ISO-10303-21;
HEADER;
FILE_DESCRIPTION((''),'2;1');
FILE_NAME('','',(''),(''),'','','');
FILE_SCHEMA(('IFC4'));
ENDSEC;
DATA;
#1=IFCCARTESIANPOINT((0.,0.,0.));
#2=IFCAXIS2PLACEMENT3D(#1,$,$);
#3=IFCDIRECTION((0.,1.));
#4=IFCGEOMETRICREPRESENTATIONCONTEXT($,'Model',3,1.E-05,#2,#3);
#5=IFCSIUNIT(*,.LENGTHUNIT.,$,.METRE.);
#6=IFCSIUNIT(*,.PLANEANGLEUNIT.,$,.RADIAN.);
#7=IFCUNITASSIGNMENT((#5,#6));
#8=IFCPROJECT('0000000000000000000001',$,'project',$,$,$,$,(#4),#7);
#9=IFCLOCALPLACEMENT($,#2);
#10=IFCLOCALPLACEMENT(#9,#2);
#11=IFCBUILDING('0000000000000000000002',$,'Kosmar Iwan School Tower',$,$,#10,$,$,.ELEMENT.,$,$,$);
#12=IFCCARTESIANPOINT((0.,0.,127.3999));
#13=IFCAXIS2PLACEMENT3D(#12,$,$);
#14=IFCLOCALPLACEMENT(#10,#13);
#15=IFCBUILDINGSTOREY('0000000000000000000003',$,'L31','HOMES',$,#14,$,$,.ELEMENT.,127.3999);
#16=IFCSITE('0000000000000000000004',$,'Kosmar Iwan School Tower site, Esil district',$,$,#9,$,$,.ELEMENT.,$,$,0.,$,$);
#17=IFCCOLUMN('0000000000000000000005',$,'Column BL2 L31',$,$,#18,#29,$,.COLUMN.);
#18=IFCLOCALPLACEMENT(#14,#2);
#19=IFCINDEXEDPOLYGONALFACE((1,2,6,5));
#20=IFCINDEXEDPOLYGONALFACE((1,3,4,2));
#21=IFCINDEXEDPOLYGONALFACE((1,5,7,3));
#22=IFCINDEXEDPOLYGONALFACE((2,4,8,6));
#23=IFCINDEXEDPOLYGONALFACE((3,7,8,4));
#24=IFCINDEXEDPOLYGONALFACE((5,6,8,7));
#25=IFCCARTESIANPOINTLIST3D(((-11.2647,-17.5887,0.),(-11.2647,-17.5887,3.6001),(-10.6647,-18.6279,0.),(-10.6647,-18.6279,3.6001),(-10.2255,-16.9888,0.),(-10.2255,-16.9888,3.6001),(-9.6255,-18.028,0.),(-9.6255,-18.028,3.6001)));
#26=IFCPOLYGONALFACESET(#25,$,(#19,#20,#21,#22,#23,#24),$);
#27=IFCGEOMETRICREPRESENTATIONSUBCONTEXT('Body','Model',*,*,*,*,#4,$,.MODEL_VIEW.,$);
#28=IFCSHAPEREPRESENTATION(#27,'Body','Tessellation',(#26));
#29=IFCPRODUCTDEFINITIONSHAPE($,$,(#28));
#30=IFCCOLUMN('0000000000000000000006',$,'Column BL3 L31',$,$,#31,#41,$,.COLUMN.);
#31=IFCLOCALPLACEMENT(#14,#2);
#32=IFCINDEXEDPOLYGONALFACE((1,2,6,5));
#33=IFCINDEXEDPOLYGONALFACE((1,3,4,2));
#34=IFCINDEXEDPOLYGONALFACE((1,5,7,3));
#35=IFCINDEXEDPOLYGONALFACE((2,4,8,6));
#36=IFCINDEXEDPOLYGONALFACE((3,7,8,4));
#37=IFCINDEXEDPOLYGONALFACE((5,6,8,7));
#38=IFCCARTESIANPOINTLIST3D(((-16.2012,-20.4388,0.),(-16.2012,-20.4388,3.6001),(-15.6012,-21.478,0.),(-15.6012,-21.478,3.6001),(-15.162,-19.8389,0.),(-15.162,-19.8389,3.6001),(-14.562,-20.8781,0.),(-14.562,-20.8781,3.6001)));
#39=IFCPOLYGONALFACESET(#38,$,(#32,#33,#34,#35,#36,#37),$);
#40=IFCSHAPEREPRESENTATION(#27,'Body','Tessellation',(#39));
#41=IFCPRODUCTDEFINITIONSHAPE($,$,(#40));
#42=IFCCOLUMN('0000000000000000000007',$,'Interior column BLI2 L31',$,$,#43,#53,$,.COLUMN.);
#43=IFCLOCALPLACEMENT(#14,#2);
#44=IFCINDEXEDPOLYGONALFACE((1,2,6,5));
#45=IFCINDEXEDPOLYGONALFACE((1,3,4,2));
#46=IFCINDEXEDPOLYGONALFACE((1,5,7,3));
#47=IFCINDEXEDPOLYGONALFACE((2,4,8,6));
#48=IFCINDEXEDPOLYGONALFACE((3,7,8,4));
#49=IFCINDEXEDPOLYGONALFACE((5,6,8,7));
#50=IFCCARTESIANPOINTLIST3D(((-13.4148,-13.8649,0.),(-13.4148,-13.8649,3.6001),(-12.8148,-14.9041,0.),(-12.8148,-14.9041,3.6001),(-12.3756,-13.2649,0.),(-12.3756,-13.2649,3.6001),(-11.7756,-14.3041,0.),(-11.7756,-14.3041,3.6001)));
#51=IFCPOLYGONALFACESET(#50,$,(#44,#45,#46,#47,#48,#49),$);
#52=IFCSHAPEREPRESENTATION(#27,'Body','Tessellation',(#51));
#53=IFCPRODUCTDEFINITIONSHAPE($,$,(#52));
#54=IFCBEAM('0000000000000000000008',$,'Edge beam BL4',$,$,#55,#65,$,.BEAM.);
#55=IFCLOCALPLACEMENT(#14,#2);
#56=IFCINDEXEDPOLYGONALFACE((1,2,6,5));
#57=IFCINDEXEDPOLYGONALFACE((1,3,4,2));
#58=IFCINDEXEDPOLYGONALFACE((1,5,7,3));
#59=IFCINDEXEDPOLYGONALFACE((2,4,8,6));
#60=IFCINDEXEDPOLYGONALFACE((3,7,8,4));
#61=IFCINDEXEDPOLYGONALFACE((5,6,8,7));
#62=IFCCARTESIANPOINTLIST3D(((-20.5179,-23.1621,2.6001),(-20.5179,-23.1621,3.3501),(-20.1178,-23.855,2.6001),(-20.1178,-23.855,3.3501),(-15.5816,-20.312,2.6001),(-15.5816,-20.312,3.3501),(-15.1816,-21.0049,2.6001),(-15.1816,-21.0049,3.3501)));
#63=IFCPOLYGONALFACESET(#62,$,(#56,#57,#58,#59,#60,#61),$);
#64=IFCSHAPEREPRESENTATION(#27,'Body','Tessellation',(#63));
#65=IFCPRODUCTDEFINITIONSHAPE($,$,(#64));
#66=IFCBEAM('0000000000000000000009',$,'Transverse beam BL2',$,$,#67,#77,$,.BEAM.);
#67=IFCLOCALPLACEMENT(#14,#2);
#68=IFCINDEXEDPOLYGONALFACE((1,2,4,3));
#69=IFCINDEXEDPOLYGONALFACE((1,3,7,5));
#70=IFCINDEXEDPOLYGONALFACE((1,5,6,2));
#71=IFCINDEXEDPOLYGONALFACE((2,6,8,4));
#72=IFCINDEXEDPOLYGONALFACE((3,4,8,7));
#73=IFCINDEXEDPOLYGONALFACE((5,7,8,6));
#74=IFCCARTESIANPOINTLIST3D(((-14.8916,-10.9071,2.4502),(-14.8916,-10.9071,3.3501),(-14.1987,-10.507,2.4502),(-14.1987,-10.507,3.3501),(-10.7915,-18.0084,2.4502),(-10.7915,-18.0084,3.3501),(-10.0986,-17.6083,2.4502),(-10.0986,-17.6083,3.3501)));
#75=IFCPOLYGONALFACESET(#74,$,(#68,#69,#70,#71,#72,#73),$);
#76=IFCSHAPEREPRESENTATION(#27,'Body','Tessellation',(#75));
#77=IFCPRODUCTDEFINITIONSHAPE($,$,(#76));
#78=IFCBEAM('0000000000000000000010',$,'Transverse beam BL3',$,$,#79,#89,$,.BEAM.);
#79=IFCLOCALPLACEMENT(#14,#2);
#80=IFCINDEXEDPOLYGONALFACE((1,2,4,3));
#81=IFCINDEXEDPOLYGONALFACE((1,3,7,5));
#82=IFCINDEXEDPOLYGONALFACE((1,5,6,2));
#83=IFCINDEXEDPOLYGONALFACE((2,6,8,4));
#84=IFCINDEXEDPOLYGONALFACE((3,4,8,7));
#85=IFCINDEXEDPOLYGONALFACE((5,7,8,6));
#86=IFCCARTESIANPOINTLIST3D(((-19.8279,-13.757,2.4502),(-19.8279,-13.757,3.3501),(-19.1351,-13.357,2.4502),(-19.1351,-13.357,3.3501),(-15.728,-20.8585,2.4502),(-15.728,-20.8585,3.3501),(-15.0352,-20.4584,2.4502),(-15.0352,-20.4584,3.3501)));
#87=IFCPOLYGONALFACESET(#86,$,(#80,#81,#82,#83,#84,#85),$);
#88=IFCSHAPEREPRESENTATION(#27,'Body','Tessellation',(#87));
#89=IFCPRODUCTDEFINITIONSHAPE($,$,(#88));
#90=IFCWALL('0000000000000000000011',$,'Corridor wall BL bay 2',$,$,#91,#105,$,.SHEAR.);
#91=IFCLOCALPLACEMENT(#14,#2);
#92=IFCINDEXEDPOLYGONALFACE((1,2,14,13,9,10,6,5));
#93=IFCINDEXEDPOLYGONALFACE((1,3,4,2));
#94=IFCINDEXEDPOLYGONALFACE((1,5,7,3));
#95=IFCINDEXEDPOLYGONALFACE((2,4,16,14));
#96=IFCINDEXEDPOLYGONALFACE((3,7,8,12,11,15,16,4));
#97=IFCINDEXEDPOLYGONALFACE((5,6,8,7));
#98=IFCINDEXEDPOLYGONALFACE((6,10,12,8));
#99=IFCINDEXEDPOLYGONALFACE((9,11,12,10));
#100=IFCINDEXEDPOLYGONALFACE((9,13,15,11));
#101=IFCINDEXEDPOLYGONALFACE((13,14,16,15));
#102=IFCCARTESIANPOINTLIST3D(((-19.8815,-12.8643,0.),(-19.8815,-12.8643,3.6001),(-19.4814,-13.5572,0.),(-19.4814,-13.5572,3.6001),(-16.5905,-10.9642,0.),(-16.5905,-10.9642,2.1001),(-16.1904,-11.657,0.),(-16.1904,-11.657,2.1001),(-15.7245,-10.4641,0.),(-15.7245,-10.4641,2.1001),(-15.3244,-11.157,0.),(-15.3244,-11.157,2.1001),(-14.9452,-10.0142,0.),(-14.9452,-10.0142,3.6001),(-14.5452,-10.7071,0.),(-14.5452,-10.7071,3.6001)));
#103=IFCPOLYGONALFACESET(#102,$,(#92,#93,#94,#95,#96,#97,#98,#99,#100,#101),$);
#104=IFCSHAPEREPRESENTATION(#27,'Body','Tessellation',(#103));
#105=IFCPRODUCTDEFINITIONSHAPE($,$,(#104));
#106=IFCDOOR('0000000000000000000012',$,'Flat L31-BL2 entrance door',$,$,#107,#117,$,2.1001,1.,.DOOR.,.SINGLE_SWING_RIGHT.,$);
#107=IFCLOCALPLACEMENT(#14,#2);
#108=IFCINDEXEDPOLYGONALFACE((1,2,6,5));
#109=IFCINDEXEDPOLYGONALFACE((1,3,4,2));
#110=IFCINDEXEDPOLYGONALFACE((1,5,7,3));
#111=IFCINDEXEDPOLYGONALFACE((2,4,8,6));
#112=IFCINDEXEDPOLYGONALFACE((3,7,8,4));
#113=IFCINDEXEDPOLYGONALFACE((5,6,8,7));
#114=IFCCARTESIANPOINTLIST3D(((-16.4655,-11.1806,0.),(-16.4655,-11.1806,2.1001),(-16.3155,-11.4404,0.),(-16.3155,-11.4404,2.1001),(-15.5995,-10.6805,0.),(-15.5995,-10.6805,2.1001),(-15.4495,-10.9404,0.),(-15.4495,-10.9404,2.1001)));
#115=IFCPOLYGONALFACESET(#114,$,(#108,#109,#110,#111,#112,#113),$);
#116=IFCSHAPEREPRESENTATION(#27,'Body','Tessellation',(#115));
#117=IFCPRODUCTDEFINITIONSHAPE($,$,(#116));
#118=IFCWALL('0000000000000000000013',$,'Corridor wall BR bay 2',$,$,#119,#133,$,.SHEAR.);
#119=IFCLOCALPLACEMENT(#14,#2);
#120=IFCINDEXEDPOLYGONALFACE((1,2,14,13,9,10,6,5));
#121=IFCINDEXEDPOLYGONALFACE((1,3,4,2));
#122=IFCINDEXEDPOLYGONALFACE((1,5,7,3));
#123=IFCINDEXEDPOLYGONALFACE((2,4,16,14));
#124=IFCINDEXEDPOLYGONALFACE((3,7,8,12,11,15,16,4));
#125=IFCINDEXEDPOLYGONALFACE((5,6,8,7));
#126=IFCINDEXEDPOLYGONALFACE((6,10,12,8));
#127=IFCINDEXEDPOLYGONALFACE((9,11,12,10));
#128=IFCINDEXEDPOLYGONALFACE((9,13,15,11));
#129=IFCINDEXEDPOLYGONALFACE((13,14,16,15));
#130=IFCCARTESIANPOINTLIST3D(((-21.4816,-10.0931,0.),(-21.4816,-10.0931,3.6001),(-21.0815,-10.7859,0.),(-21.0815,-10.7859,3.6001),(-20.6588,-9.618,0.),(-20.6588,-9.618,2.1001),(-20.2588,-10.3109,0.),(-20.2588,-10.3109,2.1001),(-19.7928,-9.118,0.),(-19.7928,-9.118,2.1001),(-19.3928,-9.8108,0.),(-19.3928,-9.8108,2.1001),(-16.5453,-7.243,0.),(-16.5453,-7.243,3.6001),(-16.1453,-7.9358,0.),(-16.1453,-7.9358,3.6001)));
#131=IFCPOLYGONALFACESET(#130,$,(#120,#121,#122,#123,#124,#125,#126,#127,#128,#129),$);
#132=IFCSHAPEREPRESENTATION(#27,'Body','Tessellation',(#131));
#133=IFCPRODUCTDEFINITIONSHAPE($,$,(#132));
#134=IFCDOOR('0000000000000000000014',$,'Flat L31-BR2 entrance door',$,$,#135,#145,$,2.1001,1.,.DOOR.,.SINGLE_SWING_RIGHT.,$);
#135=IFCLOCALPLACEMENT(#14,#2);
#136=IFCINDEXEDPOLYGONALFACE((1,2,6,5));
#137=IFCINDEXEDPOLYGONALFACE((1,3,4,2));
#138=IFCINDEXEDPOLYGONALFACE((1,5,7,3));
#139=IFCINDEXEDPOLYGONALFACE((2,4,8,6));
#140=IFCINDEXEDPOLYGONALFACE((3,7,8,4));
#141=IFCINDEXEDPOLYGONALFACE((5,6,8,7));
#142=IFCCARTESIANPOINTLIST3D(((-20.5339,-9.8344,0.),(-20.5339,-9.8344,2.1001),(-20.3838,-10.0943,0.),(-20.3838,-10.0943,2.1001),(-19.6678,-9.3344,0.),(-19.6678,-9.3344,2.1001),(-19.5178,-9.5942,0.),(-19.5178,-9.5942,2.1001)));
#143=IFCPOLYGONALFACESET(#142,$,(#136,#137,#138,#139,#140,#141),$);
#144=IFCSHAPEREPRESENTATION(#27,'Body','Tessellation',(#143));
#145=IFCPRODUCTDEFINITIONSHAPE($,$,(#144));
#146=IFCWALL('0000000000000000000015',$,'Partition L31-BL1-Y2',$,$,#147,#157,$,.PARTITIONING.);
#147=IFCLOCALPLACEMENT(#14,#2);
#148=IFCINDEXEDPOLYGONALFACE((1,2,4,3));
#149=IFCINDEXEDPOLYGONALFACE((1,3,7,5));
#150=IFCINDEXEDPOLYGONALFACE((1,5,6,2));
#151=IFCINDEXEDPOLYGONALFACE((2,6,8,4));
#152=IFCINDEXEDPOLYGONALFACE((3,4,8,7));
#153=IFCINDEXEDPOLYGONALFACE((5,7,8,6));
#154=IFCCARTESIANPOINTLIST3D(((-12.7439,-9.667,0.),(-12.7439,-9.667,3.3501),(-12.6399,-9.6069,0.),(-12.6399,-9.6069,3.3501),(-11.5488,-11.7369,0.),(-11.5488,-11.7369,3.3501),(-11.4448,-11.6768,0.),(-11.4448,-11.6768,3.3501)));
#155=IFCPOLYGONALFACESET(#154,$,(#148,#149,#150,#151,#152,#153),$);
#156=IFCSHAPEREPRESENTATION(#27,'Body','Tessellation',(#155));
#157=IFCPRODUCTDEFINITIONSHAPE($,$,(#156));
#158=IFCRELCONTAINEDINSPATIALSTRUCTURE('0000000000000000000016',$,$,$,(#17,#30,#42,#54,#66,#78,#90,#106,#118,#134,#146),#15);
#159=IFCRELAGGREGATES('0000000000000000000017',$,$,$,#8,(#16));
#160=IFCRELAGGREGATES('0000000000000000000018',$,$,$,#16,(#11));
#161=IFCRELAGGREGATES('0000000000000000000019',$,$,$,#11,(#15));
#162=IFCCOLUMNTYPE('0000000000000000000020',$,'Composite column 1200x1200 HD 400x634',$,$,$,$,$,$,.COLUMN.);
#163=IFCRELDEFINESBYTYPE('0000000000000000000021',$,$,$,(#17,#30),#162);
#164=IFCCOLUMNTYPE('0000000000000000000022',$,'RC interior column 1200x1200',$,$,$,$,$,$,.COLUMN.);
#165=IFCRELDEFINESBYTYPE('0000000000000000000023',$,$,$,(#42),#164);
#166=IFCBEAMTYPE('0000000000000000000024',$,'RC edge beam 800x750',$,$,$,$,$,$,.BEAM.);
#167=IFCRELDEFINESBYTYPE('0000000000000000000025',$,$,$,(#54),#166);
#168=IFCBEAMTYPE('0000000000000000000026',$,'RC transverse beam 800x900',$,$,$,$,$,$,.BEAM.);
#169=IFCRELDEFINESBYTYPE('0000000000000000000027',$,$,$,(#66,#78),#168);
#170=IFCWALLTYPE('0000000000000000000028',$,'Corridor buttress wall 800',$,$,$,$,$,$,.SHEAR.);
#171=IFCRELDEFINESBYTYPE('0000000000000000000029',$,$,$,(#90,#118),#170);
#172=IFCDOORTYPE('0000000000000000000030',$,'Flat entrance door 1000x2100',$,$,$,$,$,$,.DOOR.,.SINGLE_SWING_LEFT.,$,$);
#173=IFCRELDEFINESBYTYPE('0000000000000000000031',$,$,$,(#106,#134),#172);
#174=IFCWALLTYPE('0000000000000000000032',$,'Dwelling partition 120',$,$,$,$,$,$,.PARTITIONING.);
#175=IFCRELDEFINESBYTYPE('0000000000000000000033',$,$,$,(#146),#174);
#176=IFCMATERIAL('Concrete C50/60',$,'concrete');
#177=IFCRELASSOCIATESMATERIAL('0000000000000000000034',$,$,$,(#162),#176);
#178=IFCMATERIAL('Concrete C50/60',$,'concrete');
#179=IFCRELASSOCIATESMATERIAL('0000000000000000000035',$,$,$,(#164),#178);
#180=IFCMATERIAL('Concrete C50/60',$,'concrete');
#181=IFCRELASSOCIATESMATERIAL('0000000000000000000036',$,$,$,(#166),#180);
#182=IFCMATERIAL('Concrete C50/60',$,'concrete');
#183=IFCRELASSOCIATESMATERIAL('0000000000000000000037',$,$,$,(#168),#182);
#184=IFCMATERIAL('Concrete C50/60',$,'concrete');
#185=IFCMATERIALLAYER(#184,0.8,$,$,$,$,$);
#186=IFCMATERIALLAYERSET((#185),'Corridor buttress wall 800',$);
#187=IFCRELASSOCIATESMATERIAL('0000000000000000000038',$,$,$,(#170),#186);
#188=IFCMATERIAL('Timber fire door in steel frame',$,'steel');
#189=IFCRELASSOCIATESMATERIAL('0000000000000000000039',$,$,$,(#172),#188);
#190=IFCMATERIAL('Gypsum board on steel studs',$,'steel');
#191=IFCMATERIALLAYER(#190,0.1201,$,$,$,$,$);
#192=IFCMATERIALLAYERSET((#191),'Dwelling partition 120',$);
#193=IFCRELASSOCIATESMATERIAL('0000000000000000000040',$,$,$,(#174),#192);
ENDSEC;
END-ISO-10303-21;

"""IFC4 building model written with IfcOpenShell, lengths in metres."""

from ifc_helpers import new_model, si_unit, direction, frame, frame_2d, origin, origin_2d, place, context, subcontext, project, spatial, rectangle, extrude, material, layer, layer_set, material_profile, profile_set, type_object, element, fill, save


model = new_model("IFC4")

# Units and contexts
model_context = context("Model", 3, precision=1e-05, world=origin(), true_north=direction((0.0, 1.0)))
body_context = subcontext(model_context, "Body", "Model", "MODEL_VIEW")
ifc_project = project(units=[si_unit("LENGTHUNIT", "METRE"), si_unit("PLANEANGLEUNIT", "RADIAN")], contexts=[model_context])

# Site, building, storey
site_placement = place(None, origin())
site = spatial("IfcSite", under=ifc_project, at=site_placement, Name="Kosmar Iwan School Tower site, Esil district", CompositionType="ELEMENT", RefElevation=0.0)
building_placement = place(site_placement, origin())
building = spatial("IfcBuilding", under=site, at=building_placement, Name="Kosmar Iwan School Tower", CompositionType="ELEMENT")
storey_placement = place(building_placement, frame((0.0, 0.0, 127.3999)))
storey = spatial("IfcBuildingStorey", under=building, at=storey_placement, Name="L31", Description="HOMES", CompositionType="ELEMENT", Elevation=127.3999)

# Columns
ifc_material_1 = material(Name="Concrete C50/60", Category="concrete")
ifc_material_profile_1 = material_profile(ifc_material_1, rectangle(XDim=1.2, YDim=1.2, at=origin_2d()), Name="RC 1200x1200 + HD 400x634")
ifc_profile_set_1 = profile_set([ifc_material_profile_1], Name="Concrete C50/60")
column_type_1 = type_object("IfcColumnType", Name="Composite column 1200x1200 HD 400x634", PredefinedType="COLUMN", material=ifc_profile_set_1)
for number, where, z_axis, x_axis, name in (
    (1, (-10.4451, -17.8083, 0.0), (0.0, 0.0, 1.0), (-0.866025, -0.5, 0.0), "Column BL2 L31"),
    (2, (-15.3816, -20.6584, 0.0), (0.0, 0.0, 1.0), (-0.866025, -0.5, 0.0), "Column BL3 L31"),
):
    element("IfcColumn", number, at=place(storey_placement, frame(where, z_axis=z_axis, x_axis=x_axis)), inside=storey, type_object=column_type_1, Name=name, PredefinedType="COLUMN", context=body_context, shape_type="SweptSolid", body=[
        extrude(rectangle(XDim=1.2, YDim=1.2, at=origin_2d()), origin(), (0.0, 0.0, 1.0), 3.6001),
    ])
ifc_material_2 = material(Name="Concrete C50/60", Category="concrete")
ifc_material_profile_2 = material_profile(ifc_material_2, rectangle(XDim=1.2, YDim=1.2, at=origin_2d()), Name="RC 1200x1200")
ifc_profile_set_2 = profile_set([ifc_material_profile_2], Name="Concrete C50/60")
column_type_2 = type_object("IfcColumnType", Name="RC interior column 1200x1200", PredefinedType="COLUMN", material=ifc_profile_set_2)
column_placement = place(storey_placement, frame((-12.5952, -14.0845, 0.0), z_axis=(0.0, 0.0, 1.0), x_axis=(-0.866025, -0.5, 0.0)))
element("IfcColumn", 3, at=column_placement, inside=storey, type_object=column_type_2, Name="Interior column BLI2 L31", PredefinedType="COLUMN", context=body_context, shape_type="SweptSolid", body=[
    extrude(rectangle(XDim=1.2, YDim=1.2, at=origin_2d()), origin(), (0.0, 0.0, 1.0), 3.6001),
])

# Beams
ifc_material_3 = material(Name="Concrete C50/60", Category="concrete")
ifc_material_profile_3 = material_profile(ifc_material_3, rectangle(XDim=0.8, YDim=0.75, at=origin_2d()), Name="RC 800x750")
ifc_profile_set_3 = profile_set([ifc_material_profile_3], Name="Concrete C50/60")
beam_type_1 = type_object("IfcBeamType", Name="RC edge beam 800x750", PredefinedType="BEAM", material=ifc_profile_set_3)
beam_placement = place(storey_placement, frame((-15.3816, -20.6584, 2.9751), z_axis=(-0.866015, -0.500018, 0.0), x_axis=(0.500018, -0.866015, 0.0)))
element("IfcBeam", 4, at=beam_placement, inside=storey, type_object=beam_type_1, Name="Edge beam BL4", PredefinedType="BEAM", context=body_context, shape_type="SweptSolid", body=[
    extrude(rectangle(XDim=0.8, YDim=0.75, at=origin_2d()), origin(), (0.0, 0.0, 1.0), 5.7),
])
ifc_material_4 = material(Name="Concrete C50/60", Category="concrete")
ifc_material_profile_4 = material_profile(ifc_material_4, rectangle(XDim=0.8, YDim=0.8999, at=origin_2d()), Name="RC 800x900")
ifc_profile_set_4 = profile_set([ifc_material_profile_4], Name="Concrete C50/60")
beam_type_2 = type_object("IfcBeamType", Name="RC transverse beam 800x900", PredefinedType="BEAM", material=ifc_profile_set_4)
for number, where, z_axis, x_axis, name in (
    (5, (-10.4451, -17.8083, 2.9001), (-0.500014, 0.866018, 0.0), (-0.866018, -0.500014, 0.0), "Transverse beam BL2"),
    (6, (-15.3816, -20.6584, 2.9001), (-0.499991, 0.86603, 0.0), (-0.86603, -0.499991, 0.0), "Transverse beam BL3"),
):
    element("IfcBeam", number, at=place(storey_placement, frame(where, z_axis=z_axis, x_axis=x_axis)), inside=storey, type_object=beam_type_2, Name=name, PredefinedType="BEAM", context=body_context, shape_type="SweptSolid", body=[
        extrude(rectangle(XDim=0.8, YDim=0.8999, at=origin_2d()), origin(), (0.0, 0.0, 1.0), 8.2),
    ])

# Walls, openings, doors
ifc_material_5 = material(Name="Concrete C50/60", Category="concrete")
ifc_layer_1 = layer(ifc_material_5, 0.8)
ifc_layer_set_1 = layer_set([ifc_layer_1], Name="Corridor buttress wall 800")
wall_type_1 = type_object("IfcWallType", Name="Corridor buttress wall 800", PredefinedType="SHEAR", material=ifc_layer_set_1)
wall_1_placement = place(storey_placement, frame((-14.7451, -10.3606, 0.0), z_axis=(0.0, 0.0, 1.0), x_axis=(-0.866015, -0.500018, 0.0)))
wall_1 = element("IfcWall", 7, at=wall_1_placement, inside=storey, type_object=wall_type_1, Name="Corridor wall BL bay 2", PredefinedType="SHEAR", context=body_context, shape_type="SweptSolid", body=[
    extrude(rectangle(XDim=5.7, YDim=0.8, at=frame_2d((2.8501, 0.0))), origin(), (0.0, 0.0, 1.0), 3.6001),
])
opening_1_placement = place(wall_1_placement, frame((0.8999, 0.0, 0.0)))
opening_1 = element("IfcOpeningElement", 8, at=opening_1_placement, cuts=wall_1, PredefinedType="OPENING", context=body_context, shape_type="SweptSolid", body=[
    extrude(rectangle(XDim=1.0, YDim=2.1001, at=frame_2d((0.5, 1.05))), frame((0.0, 0.4121, 0.0), z_axis=(0.0, -1.0, 0.0), x_axis=(1.0, 0.0, 0.0)), (0.0, 0.0, 1.0), 0.824),
])
ifc_material_6 = material(Name="Timber fire door in steel frame", Category="steel")
door_type_1 = type_object("IfcDoorType", Name="Flat entrance door 1000x2100", OperationType="SINGLE_SWING_LEFT", PredefinedType="DOOR", material=ifc_material_6)
door_1_placement = place(opening_1_placement, origin())
door_1 = element("IfcDoor", 9, at=door_1_placement, inside=storey, type_object=door_type_1, Name="Flat L31-BL2 entrance door", OperationType="SINGLE_SWING_RIGHT", OverallHeight=2.1001, OverallWidth=1.0, PredefinedType="DOOR", context=body_context, shape_type="SweptSolid", body=[
    extrude(rectangle(XDim=1.0, YDim=2.1001, at=frame_2d((0.5, 1.05))), frame((0.0, 0.1499, 0.0), z_axis=(0.0, -1.0, 0.0), x_axis=(1.0, 0.0, 0.0)), (0.0, 0.0, 1.0), 0.3),
])
fill(opening_1, door_1)
wall_2_placement = place(storey_placement, frame((-16.3452, -7.5894, 0.0), z_axis=(0.0, 0.0, 1.0), x_axis=(-0.866015, -0.500018, 0.0)))
wall_2 = element("IfcWall", 10, at=wall_2_placement, inside=storey, type_object=wall_type_1, Name="Corridor wall BR bay 2", PredefinedType="SHEAR", context=body_context, shape_type="SweptSolid", body=[
    extrude(rectangle(XDim=5.7, YDim=0.8, at=frame_2d((2.8501, 0.0))), origin(), (0.0, 0.0, 1.0), 3.6001),
])
opening_2_placement = place(wall_2_placement, frame((3.75, 0.0, 0.0)))
opening_2 = element("IfcOpeningElement", 11, at=opening_2_placement, cuts=wall_2, PredefinedType="OPENING", context=body_context, shape_type="SweptSolid", body=[
    extrude(rectangle(XDim=1.0, YDim=2.1001, at=frame_2d((0.5, 1.05))), frame((0.0, 0.4121, 0.0), z_axis=(0.0, -1.0, 0.0), x_axis=(1.0, 0.0, 0.0)), (0.0, 0.0, 1.0), 0.824),
])
door_2_placement = place(opening_2_placement, origin())
door_2 = element("IfcDoor", 12, at=door_2_placement, inside=storey, type_object=door_type_1, Name="Flat L31-BR2 entrance door", OperationType="SINGLE_SWING_RIGHT", OverallHeight=2.1001, OverallWidth=1.0, PredefinedType="DOOR", context=body_context, shape_type="SweptSolid", body=[
    extrude(rectangle(XDim=1.0, YDim=2.1001, at=frame_2d((0.5, 1.05))), frame((0.0, 0.1499, 0.0), z_axis=(0.0, -1.0, 0.0), x_axis=(1.0, 0.0, 0.0)), (0.0, 0.0, 1.0), 0.3),
])
fill(opening_2, door_2)

# Wall
ifc_material_7 = material(Name="Gypsum board on steel studs", Category="steel")
ifc_layer_2 = layer(ifc_material_7, 0.1201)
ifc_layer_set_2 = layer_set([ifc_layer_2], Name="Dwelling partition 120")
wall_type_2 = type_object("IfcWallType", Name="Dwelling partition 120", PredefinedType="PARTITIONING", material=ifc_layer_set_2)
wall_3_placement = place(storey_placement, frame((-12.6919, -9.637, 0.0), z_axis=(0.0, 0.0, 1.0), x_axis=(0.500017, -0.866015, 0.0)))
element("IfcWall", 13, at=wall_3_placement, inside=storey, type_object=wall_type_2, Name="Partition L31-BL1-Y2", PredefinedType="PARTITIONING", context=body_context, shape_type="SweptSolid", body=[
    extrude(rectangle(XDim=2.3901, YDim=0.1201, at=frame_2d((1.1951, 0.0))), origin(), (0.0, 0.0, 1.0), 3.3501),
])

save(model, "model.ifc")
